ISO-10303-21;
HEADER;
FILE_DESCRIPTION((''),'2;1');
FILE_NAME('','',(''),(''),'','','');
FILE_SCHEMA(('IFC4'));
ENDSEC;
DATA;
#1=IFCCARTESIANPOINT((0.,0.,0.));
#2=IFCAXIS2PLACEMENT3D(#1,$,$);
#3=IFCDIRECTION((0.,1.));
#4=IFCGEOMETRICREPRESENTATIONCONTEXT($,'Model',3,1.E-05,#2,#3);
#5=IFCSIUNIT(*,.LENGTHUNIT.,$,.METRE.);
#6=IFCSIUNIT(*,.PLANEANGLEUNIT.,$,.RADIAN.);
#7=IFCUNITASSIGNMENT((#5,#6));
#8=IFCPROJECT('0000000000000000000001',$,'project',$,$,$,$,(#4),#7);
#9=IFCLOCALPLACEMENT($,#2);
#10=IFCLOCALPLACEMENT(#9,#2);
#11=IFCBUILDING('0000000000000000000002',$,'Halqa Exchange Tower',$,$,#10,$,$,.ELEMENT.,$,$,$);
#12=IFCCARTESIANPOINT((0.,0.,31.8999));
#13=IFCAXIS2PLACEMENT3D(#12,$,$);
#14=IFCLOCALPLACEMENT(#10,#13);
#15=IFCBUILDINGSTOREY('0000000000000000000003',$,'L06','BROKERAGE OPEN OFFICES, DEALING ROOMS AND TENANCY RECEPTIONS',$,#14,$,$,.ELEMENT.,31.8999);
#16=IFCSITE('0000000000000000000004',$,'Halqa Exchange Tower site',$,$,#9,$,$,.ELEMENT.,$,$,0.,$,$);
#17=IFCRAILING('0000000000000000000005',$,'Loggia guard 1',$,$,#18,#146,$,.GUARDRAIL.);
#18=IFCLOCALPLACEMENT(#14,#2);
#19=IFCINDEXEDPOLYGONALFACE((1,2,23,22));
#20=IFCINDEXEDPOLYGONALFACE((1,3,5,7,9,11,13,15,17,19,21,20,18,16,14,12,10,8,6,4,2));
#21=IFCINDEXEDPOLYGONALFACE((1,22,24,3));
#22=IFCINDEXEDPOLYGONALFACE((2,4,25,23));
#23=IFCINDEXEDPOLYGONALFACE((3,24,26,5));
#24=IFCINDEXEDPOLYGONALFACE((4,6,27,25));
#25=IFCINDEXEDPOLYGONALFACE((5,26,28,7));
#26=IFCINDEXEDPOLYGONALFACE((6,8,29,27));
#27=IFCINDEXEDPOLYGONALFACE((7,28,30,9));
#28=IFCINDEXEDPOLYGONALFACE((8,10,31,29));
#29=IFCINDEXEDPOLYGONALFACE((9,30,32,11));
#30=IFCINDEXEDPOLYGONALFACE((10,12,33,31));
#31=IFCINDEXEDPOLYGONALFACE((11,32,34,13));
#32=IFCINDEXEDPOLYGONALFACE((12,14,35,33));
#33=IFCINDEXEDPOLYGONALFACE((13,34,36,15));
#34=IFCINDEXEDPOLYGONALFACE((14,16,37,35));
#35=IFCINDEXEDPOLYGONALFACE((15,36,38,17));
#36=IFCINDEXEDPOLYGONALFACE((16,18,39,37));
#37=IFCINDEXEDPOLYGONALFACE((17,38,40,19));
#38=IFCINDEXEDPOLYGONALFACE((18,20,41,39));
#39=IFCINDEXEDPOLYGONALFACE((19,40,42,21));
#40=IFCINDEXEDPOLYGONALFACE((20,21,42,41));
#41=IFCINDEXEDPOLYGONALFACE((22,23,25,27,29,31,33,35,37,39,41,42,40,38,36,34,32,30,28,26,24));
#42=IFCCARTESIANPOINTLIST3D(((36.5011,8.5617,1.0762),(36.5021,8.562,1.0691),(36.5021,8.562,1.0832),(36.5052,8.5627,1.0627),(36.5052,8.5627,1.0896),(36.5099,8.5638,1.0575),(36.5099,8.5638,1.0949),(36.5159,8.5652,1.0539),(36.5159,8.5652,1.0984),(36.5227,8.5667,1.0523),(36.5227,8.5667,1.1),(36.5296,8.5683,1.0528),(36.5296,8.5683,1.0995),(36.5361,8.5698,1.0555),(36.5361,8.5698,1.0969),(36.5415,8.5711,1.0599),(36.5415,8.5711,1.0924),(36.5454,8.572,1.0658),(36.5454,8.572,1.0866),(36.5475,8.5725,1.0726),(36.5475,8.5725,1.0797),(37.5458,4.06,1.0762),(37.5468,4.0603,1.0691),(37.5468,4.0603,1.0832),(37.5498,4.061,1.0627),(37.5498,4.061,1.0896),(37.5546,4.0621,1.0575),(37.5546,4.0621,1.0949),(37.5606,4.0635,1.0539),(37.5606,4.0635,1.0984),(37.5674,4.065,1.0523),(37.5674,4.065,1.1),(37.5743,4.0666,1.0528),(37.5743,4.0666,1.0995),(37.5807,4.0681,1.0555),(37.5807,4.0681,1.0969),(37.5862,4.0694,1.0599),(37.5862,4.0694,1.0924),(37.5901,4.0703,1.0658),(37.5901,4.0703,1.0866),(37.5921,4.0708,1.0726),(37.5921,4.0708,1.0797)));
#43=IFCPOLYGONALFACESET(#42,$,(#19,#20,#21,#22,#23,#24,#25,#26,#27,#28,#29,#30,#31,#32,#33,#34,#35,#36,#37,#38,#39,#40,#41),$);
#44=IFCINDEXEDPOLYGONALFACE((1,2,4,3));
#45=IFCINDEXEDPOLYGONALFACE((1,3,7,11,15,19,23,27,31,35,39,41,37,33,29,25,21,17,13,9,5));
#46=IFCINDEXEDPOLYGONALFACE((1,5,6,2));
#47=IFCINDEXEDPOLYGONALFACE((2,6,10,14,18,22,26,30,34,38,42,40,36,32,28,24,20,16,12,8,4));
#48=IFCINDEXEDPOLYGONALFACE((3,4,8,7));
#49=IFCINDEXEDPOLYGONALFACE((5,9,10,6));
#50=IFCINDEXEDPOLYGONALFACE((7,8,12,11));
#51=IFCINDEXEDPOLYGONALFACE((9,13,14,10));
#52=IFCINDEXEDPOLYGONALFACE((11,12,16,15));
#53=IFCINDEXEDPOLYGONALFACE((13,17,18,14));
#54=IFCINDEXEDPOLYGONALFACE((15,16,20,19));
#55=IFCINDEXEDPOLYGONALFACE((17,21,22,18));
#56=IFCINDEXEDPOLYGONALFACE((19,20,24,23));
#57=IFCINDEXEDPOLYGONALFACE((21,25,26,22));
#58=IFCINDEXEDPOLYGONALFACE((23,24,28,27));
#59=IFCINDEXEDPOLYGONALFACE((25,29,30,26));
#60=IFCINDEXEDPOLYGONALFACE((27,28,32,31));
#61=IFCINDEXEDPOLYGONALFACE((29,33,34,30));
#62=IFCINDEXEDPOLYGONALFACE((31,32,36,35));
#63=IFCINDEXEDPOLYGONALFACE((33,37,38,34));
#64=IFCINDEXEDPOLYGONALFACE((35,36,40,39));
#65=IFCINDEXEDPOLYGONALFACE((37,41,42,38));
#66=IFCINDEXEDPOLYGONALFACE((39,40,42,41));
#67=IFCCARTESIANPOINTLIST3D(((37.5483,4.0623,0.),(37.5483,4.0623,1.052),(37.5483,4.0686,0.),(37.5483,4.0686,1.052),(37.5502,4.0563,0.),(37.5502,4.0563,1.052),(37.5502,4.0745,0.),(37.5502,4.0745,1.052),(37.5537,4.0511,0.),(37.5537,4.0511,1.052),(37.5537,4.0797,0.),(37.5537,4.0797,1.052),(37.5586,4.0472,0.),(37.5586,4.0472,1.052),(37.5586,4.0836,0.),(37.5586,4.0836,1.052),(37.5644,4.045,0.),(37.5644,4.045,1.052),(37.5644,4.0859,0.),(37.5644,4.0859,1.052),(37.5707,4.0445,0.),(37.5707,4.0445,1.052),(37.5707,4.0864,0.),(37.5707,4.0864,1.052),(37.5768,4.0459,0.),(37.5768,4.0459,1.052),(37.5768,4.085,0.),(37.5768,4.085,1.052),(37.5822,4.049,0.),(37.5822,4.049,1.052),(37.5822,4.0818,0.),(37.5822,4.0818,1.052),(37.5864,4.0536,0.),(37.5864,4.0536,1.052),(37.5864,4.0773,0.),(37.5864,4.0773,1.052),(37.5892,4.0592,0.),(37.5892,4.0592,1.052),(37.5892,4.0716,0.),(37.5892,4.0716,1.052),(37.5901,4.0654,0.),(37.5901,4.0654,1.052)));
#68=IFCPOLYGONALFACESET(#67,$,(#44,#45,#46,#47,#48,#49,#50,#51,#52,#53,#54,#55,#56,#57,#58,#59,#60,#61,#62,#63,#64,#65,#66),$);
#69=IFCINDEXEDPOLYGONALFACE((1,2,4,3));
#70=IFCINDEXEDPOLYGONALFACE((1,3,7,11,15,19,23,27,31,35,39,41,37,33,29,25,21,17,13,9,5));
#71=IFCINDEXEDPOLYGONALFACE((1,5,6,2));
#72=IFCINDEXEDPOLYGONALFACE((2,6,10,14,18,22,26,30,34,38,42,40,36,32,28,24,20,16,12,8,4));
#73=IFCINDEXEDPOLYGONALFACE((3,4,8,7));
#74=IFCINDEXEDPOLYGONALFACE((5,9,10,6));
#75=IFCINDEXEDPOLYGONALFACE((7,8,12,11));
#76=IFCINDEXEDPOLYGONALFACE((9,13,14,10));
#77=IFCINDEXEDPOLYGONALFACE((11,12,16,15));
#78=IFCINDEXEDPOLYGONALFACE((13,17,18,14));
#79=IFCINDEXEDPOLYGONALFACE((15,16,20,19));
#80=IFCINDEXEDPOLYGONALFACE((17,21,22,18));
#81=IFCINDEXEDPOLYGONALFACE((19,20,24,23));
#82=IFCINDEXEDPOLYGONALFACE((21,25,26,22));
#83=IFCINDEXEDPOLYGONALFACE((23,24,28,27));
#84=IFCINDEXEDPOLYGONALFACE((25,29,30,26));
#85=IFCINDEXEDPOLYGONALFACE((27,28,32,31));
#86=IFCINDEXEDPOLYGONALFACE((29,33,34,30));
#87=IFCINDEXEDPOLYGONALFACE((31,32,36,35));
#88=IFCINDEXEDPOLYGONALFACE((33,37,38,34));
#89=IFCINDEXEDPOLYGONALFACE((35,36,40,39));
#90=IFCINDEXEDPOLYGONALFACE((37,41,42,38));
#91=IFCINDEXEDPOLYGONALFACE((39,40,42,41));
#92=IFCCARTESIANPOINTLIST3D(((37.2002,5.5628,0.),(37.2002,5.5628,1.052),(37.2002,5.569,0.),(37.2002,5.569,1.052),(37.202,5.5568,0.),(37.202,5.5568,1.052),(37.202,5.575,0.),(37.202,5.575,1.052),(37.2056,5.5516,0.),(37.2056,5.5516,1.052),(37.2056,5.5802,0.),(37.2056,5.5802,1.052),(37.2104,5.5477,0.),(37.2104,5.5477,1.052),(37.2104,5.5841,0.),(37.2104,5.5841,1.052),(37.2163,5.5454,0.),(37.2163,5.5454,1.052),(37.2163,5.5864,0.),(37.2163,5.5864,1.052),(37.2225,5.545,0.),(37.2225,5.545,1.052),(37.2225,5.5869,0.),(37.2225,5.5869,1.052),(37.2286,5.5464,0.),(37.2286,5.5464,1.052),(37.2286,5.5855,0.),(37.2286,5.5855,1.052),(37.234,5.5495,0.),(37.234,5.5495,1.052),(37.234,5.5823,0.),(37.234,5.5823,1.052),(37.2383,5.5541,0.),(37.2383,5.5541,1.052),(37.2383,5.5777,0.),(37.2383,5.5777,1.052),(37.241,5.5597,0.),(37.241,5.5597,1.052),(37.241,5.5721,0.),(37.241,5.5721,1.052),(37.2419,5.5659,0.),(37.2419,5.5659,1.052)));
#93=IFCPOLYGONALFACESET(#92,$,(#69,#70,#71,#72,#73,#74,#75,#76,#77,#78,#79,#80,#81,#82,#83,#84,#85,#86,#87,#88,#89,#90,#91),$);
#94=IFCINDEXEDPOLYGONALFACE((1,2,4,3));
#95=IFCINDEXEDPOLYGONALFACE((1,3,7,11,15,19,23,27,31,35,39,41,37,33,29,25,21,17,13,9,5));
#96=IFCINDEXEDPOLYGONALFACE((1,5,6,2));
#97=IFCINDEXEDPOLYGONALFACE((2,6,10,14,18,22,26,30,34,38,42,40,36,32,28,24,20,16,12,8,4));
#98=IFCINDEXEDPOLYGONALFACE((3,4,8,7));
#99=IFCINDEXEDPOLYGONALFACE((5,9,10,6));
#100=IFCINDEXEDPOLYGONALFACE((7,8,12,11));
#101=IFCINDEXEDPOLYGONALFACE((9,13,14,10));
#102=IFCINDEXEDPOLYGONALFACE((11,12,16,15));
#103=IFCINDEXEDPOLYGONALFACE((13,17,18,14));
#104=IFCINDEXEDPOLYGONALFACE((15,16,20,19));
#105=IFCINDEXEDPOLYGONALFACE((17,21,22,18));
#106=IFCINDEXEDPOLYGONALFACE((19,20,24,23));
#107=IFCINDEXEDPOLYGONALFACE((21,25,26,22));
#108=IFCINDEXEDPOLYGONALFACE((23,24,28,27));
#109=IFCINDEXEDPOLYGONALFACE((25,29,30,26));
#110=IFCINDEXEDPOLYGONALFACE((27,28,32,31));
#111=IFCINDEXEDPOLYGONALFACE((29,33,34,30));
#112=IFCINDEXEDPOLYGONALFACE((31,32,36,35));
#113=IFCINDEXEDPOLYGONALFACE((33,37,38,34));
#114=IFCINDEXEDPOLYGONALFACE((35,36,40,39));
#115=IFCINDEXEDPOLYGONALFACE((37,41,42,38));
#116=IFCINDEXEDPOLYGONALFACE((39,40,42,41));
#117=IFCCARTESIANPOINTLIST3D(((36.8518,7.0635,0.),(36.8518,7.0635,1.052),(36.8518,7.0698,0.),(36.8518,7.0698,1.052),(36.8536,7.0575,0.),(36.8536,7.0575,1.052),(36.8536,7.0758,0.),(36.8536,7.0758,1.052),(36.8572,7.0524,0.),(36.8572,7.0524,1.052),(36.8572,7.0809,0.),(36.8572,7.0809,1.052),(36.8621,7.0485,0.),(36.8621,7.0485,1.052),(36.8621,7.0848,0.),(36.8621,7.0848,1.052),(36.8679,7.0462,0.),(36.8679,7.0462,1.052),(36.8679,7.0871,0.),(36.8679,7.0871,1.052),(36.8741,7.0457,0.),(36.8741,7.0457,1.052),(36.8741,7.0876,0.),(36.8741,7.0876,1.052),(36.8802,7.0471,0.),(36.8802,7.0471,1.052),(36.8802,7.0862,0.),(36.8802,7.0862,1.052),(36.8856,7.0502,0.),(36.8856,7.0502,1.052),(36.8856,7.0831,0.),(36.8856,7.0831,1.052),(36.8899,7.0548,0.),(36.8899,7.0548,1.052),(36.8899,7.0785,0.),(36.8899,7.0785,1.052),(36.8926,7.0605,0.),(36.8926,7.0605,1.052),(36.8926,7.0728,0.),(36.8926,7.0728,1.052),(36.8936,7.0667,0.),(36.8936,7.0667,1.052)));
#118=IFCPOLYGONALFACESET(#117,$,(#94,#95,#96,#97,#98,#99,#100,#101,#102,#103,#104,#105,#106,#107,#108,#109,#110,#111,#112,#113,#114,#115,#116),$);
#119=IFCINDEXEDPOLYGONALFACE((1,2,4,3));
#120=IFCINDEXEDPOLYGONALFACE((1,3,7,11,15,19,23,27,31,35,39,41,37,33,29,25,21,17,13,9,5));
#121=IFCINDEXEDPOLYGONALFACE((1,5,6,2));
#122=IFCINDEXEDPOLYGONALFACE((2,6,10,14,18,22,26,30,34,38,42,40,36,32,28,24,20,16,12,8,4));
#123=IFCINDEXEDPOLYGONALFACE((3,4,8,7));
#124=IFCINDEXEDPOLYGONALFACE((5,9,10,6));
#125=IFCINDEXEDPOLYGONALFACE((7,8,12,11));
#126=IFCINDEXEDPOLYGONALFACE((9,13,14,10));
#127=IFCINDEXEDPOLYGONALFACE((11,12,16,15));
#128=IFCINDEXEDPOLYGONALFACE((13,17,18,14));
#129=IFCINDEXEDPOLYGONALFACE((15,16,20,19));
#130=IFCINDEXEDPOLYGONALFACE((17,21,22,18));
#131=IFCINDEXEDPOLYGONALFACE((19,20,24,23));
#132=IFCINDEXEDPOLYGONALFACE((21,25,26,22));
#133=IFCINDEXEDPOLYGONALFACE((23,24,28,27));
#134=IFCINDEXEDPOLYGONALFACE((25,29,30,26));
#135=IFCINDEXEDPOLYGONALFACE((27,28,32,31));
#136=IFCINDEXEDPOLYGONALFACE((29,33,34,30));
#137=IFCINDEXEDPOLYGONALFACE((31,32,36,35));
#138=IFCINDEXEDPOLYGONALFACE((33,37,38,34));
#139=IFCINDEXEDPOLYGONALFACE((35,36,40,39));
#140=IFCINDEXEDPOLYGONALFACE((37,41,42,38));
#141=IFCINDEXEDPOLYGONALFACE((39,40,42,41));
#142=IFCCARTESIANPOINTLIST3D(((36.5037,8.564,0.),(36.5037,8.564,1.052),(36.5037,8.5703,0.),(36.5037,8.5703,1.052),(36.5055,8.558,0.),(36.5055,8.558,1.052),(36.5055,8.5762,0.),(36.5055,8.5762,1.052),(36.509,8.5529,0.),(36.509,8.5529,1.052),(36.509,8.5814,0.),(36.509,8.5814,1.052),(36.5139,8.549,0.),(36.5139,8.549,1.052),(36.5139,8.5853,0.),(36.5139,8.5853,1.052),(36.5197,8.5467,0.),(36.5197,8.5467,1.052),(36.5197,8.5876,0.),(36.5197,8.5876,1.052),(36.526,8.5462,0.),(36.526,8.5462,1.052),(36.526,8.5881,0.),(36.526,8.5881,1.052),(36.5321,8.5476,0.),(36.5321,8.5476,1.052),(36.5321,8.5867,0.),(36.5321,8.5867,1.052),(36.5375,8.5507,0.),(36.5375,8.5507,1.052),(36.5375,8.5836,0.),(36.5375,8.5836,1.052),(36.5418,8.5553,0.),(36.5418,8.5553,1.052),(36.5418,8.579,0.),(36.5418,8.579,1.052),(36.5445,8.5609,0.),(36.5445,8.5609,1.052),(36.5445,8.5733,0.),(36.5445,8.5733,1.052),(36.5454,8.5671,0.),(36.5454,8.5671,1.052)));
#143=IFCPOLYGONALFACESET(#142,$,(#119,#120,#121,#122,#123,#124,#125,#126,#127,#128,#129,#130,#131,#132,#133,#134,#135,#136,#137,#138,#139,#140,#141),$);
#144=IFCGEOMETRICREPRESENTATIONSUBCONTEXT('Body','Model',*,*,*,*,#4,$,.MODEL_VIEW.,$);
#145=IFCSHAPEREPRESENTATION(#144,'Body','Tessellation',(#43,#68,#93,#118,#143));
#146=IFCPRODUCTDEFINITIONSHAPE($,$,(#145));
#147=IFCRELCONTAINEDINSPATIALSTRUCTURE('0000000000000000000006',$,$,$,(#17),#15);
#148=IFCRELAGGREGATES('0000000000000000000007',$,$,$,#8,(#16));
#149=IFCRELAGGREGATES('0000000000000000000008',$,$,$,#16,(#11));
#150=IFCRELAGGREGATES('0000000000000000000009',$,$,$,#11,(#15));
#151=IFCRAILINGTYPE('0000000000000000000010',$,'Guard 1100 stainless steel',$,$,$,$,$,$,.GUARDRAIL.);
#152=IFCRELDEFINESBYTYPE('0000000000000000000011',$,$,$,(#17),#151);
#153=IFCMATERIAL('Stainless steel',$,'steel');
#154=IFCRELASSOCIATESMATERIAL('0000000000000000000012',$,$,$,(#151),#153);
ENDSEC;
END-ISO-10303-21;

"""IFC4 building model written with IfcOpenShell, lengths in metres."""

from ifc_helpers import new_model, si_unit, direction, frame, origin, origin_2d, place, context, subcontext, project, spatial, circle, extrude, material, type_object, element, save


model = new_model("IFC4")

# Units and contexts
model_context = context("Model", 3, precision=1e-05, world=origin(), true_north=direction((0.0, 1.0)))
body_context = subcontext(model_context, "Body", "Model", "MODEL_VIEW")
ifc_project = project(units=[si_unit("LENGTHUNIT", "METRE"), si_unit("PLANEANGLEUNIT", "RADIAN")], contexts=[model_context])

# Site, building, storey
site_placement = place(None, origin())
site = spatial("IfcSite", under=ifc_project, at=site_placement, Name="Halqa Exchange Tower site", CompositionType="ELEMENT", RefElevation=0.0)
building_placement = place(site_placement, origin())
building = spatial("IfcBuilding", under=site, at=building_placement, Name="Halqa Exchange Tower", CompositionType="ELEMENT")
storey_placement = place(building_placement, frame((0.0, 0.0, 31.8999)))
storey = spatial("IfcBuildingStorey", under=building, at=storey_placement, Name="L06", Description="BROKERAGE OPEN OFFICES, DEALING ROOMS AND TENANCY RECEPTIONS", CompositionType="ELEMENT", Elevation=31.8999)

# Railing
ifc_material_1 = material(Name="Stainless steel", Category="steel")
railing_type = type_object("IfcRailingType", Name="Guard 1100 stainless steel", PredefinedType="GUARDRAIL", material=ifc_material_1)
railing_1_placement = place(storey_placement, frame((37.5691, 4.0654, 0.0)))
element("IfcRailing", 1, at=railing_1_placement, inside=storey, type_object=railing_type, Name="Loggia guard 1", PredefinedType="GUARDRAIL", context=body_context, shape_type="SweptSolid", body=[
    extrude(circle(Radius=0.0239, at=origin_2d()), frame((0.0, 0.0, 1.0762), z_axis=(-0.226055, 0.974114, 0.0), x_axis=(-0.974114, -0.226055, 0.0)), (0.0, 0.0, 1.0), 4.6213),
    extrude(circle(Radius=0.021, at=origin_2d()), origin(), (0.0, 0.0, 1.0), 1.052),
    extrude(circle(Radius=0.021, at=origin_2d()), frame((-0.3481, 1.5005, 0.0)), (0.0, 0.0, 1.0), 1.052),
    extrude(circle(Radius=0.021, at=origin_2d()), frame((-0.6965, 3.0012, 0.0)), (0.0, 0.0, 1.0), 1.052),
    extrude(circle(Radius=0.021, at=origin_2d()), frame((-1.0447, 4.5017, 0.0)), (0.0, 0.0, 1.0), 1.052),
])

save(model, "model.ifc")
